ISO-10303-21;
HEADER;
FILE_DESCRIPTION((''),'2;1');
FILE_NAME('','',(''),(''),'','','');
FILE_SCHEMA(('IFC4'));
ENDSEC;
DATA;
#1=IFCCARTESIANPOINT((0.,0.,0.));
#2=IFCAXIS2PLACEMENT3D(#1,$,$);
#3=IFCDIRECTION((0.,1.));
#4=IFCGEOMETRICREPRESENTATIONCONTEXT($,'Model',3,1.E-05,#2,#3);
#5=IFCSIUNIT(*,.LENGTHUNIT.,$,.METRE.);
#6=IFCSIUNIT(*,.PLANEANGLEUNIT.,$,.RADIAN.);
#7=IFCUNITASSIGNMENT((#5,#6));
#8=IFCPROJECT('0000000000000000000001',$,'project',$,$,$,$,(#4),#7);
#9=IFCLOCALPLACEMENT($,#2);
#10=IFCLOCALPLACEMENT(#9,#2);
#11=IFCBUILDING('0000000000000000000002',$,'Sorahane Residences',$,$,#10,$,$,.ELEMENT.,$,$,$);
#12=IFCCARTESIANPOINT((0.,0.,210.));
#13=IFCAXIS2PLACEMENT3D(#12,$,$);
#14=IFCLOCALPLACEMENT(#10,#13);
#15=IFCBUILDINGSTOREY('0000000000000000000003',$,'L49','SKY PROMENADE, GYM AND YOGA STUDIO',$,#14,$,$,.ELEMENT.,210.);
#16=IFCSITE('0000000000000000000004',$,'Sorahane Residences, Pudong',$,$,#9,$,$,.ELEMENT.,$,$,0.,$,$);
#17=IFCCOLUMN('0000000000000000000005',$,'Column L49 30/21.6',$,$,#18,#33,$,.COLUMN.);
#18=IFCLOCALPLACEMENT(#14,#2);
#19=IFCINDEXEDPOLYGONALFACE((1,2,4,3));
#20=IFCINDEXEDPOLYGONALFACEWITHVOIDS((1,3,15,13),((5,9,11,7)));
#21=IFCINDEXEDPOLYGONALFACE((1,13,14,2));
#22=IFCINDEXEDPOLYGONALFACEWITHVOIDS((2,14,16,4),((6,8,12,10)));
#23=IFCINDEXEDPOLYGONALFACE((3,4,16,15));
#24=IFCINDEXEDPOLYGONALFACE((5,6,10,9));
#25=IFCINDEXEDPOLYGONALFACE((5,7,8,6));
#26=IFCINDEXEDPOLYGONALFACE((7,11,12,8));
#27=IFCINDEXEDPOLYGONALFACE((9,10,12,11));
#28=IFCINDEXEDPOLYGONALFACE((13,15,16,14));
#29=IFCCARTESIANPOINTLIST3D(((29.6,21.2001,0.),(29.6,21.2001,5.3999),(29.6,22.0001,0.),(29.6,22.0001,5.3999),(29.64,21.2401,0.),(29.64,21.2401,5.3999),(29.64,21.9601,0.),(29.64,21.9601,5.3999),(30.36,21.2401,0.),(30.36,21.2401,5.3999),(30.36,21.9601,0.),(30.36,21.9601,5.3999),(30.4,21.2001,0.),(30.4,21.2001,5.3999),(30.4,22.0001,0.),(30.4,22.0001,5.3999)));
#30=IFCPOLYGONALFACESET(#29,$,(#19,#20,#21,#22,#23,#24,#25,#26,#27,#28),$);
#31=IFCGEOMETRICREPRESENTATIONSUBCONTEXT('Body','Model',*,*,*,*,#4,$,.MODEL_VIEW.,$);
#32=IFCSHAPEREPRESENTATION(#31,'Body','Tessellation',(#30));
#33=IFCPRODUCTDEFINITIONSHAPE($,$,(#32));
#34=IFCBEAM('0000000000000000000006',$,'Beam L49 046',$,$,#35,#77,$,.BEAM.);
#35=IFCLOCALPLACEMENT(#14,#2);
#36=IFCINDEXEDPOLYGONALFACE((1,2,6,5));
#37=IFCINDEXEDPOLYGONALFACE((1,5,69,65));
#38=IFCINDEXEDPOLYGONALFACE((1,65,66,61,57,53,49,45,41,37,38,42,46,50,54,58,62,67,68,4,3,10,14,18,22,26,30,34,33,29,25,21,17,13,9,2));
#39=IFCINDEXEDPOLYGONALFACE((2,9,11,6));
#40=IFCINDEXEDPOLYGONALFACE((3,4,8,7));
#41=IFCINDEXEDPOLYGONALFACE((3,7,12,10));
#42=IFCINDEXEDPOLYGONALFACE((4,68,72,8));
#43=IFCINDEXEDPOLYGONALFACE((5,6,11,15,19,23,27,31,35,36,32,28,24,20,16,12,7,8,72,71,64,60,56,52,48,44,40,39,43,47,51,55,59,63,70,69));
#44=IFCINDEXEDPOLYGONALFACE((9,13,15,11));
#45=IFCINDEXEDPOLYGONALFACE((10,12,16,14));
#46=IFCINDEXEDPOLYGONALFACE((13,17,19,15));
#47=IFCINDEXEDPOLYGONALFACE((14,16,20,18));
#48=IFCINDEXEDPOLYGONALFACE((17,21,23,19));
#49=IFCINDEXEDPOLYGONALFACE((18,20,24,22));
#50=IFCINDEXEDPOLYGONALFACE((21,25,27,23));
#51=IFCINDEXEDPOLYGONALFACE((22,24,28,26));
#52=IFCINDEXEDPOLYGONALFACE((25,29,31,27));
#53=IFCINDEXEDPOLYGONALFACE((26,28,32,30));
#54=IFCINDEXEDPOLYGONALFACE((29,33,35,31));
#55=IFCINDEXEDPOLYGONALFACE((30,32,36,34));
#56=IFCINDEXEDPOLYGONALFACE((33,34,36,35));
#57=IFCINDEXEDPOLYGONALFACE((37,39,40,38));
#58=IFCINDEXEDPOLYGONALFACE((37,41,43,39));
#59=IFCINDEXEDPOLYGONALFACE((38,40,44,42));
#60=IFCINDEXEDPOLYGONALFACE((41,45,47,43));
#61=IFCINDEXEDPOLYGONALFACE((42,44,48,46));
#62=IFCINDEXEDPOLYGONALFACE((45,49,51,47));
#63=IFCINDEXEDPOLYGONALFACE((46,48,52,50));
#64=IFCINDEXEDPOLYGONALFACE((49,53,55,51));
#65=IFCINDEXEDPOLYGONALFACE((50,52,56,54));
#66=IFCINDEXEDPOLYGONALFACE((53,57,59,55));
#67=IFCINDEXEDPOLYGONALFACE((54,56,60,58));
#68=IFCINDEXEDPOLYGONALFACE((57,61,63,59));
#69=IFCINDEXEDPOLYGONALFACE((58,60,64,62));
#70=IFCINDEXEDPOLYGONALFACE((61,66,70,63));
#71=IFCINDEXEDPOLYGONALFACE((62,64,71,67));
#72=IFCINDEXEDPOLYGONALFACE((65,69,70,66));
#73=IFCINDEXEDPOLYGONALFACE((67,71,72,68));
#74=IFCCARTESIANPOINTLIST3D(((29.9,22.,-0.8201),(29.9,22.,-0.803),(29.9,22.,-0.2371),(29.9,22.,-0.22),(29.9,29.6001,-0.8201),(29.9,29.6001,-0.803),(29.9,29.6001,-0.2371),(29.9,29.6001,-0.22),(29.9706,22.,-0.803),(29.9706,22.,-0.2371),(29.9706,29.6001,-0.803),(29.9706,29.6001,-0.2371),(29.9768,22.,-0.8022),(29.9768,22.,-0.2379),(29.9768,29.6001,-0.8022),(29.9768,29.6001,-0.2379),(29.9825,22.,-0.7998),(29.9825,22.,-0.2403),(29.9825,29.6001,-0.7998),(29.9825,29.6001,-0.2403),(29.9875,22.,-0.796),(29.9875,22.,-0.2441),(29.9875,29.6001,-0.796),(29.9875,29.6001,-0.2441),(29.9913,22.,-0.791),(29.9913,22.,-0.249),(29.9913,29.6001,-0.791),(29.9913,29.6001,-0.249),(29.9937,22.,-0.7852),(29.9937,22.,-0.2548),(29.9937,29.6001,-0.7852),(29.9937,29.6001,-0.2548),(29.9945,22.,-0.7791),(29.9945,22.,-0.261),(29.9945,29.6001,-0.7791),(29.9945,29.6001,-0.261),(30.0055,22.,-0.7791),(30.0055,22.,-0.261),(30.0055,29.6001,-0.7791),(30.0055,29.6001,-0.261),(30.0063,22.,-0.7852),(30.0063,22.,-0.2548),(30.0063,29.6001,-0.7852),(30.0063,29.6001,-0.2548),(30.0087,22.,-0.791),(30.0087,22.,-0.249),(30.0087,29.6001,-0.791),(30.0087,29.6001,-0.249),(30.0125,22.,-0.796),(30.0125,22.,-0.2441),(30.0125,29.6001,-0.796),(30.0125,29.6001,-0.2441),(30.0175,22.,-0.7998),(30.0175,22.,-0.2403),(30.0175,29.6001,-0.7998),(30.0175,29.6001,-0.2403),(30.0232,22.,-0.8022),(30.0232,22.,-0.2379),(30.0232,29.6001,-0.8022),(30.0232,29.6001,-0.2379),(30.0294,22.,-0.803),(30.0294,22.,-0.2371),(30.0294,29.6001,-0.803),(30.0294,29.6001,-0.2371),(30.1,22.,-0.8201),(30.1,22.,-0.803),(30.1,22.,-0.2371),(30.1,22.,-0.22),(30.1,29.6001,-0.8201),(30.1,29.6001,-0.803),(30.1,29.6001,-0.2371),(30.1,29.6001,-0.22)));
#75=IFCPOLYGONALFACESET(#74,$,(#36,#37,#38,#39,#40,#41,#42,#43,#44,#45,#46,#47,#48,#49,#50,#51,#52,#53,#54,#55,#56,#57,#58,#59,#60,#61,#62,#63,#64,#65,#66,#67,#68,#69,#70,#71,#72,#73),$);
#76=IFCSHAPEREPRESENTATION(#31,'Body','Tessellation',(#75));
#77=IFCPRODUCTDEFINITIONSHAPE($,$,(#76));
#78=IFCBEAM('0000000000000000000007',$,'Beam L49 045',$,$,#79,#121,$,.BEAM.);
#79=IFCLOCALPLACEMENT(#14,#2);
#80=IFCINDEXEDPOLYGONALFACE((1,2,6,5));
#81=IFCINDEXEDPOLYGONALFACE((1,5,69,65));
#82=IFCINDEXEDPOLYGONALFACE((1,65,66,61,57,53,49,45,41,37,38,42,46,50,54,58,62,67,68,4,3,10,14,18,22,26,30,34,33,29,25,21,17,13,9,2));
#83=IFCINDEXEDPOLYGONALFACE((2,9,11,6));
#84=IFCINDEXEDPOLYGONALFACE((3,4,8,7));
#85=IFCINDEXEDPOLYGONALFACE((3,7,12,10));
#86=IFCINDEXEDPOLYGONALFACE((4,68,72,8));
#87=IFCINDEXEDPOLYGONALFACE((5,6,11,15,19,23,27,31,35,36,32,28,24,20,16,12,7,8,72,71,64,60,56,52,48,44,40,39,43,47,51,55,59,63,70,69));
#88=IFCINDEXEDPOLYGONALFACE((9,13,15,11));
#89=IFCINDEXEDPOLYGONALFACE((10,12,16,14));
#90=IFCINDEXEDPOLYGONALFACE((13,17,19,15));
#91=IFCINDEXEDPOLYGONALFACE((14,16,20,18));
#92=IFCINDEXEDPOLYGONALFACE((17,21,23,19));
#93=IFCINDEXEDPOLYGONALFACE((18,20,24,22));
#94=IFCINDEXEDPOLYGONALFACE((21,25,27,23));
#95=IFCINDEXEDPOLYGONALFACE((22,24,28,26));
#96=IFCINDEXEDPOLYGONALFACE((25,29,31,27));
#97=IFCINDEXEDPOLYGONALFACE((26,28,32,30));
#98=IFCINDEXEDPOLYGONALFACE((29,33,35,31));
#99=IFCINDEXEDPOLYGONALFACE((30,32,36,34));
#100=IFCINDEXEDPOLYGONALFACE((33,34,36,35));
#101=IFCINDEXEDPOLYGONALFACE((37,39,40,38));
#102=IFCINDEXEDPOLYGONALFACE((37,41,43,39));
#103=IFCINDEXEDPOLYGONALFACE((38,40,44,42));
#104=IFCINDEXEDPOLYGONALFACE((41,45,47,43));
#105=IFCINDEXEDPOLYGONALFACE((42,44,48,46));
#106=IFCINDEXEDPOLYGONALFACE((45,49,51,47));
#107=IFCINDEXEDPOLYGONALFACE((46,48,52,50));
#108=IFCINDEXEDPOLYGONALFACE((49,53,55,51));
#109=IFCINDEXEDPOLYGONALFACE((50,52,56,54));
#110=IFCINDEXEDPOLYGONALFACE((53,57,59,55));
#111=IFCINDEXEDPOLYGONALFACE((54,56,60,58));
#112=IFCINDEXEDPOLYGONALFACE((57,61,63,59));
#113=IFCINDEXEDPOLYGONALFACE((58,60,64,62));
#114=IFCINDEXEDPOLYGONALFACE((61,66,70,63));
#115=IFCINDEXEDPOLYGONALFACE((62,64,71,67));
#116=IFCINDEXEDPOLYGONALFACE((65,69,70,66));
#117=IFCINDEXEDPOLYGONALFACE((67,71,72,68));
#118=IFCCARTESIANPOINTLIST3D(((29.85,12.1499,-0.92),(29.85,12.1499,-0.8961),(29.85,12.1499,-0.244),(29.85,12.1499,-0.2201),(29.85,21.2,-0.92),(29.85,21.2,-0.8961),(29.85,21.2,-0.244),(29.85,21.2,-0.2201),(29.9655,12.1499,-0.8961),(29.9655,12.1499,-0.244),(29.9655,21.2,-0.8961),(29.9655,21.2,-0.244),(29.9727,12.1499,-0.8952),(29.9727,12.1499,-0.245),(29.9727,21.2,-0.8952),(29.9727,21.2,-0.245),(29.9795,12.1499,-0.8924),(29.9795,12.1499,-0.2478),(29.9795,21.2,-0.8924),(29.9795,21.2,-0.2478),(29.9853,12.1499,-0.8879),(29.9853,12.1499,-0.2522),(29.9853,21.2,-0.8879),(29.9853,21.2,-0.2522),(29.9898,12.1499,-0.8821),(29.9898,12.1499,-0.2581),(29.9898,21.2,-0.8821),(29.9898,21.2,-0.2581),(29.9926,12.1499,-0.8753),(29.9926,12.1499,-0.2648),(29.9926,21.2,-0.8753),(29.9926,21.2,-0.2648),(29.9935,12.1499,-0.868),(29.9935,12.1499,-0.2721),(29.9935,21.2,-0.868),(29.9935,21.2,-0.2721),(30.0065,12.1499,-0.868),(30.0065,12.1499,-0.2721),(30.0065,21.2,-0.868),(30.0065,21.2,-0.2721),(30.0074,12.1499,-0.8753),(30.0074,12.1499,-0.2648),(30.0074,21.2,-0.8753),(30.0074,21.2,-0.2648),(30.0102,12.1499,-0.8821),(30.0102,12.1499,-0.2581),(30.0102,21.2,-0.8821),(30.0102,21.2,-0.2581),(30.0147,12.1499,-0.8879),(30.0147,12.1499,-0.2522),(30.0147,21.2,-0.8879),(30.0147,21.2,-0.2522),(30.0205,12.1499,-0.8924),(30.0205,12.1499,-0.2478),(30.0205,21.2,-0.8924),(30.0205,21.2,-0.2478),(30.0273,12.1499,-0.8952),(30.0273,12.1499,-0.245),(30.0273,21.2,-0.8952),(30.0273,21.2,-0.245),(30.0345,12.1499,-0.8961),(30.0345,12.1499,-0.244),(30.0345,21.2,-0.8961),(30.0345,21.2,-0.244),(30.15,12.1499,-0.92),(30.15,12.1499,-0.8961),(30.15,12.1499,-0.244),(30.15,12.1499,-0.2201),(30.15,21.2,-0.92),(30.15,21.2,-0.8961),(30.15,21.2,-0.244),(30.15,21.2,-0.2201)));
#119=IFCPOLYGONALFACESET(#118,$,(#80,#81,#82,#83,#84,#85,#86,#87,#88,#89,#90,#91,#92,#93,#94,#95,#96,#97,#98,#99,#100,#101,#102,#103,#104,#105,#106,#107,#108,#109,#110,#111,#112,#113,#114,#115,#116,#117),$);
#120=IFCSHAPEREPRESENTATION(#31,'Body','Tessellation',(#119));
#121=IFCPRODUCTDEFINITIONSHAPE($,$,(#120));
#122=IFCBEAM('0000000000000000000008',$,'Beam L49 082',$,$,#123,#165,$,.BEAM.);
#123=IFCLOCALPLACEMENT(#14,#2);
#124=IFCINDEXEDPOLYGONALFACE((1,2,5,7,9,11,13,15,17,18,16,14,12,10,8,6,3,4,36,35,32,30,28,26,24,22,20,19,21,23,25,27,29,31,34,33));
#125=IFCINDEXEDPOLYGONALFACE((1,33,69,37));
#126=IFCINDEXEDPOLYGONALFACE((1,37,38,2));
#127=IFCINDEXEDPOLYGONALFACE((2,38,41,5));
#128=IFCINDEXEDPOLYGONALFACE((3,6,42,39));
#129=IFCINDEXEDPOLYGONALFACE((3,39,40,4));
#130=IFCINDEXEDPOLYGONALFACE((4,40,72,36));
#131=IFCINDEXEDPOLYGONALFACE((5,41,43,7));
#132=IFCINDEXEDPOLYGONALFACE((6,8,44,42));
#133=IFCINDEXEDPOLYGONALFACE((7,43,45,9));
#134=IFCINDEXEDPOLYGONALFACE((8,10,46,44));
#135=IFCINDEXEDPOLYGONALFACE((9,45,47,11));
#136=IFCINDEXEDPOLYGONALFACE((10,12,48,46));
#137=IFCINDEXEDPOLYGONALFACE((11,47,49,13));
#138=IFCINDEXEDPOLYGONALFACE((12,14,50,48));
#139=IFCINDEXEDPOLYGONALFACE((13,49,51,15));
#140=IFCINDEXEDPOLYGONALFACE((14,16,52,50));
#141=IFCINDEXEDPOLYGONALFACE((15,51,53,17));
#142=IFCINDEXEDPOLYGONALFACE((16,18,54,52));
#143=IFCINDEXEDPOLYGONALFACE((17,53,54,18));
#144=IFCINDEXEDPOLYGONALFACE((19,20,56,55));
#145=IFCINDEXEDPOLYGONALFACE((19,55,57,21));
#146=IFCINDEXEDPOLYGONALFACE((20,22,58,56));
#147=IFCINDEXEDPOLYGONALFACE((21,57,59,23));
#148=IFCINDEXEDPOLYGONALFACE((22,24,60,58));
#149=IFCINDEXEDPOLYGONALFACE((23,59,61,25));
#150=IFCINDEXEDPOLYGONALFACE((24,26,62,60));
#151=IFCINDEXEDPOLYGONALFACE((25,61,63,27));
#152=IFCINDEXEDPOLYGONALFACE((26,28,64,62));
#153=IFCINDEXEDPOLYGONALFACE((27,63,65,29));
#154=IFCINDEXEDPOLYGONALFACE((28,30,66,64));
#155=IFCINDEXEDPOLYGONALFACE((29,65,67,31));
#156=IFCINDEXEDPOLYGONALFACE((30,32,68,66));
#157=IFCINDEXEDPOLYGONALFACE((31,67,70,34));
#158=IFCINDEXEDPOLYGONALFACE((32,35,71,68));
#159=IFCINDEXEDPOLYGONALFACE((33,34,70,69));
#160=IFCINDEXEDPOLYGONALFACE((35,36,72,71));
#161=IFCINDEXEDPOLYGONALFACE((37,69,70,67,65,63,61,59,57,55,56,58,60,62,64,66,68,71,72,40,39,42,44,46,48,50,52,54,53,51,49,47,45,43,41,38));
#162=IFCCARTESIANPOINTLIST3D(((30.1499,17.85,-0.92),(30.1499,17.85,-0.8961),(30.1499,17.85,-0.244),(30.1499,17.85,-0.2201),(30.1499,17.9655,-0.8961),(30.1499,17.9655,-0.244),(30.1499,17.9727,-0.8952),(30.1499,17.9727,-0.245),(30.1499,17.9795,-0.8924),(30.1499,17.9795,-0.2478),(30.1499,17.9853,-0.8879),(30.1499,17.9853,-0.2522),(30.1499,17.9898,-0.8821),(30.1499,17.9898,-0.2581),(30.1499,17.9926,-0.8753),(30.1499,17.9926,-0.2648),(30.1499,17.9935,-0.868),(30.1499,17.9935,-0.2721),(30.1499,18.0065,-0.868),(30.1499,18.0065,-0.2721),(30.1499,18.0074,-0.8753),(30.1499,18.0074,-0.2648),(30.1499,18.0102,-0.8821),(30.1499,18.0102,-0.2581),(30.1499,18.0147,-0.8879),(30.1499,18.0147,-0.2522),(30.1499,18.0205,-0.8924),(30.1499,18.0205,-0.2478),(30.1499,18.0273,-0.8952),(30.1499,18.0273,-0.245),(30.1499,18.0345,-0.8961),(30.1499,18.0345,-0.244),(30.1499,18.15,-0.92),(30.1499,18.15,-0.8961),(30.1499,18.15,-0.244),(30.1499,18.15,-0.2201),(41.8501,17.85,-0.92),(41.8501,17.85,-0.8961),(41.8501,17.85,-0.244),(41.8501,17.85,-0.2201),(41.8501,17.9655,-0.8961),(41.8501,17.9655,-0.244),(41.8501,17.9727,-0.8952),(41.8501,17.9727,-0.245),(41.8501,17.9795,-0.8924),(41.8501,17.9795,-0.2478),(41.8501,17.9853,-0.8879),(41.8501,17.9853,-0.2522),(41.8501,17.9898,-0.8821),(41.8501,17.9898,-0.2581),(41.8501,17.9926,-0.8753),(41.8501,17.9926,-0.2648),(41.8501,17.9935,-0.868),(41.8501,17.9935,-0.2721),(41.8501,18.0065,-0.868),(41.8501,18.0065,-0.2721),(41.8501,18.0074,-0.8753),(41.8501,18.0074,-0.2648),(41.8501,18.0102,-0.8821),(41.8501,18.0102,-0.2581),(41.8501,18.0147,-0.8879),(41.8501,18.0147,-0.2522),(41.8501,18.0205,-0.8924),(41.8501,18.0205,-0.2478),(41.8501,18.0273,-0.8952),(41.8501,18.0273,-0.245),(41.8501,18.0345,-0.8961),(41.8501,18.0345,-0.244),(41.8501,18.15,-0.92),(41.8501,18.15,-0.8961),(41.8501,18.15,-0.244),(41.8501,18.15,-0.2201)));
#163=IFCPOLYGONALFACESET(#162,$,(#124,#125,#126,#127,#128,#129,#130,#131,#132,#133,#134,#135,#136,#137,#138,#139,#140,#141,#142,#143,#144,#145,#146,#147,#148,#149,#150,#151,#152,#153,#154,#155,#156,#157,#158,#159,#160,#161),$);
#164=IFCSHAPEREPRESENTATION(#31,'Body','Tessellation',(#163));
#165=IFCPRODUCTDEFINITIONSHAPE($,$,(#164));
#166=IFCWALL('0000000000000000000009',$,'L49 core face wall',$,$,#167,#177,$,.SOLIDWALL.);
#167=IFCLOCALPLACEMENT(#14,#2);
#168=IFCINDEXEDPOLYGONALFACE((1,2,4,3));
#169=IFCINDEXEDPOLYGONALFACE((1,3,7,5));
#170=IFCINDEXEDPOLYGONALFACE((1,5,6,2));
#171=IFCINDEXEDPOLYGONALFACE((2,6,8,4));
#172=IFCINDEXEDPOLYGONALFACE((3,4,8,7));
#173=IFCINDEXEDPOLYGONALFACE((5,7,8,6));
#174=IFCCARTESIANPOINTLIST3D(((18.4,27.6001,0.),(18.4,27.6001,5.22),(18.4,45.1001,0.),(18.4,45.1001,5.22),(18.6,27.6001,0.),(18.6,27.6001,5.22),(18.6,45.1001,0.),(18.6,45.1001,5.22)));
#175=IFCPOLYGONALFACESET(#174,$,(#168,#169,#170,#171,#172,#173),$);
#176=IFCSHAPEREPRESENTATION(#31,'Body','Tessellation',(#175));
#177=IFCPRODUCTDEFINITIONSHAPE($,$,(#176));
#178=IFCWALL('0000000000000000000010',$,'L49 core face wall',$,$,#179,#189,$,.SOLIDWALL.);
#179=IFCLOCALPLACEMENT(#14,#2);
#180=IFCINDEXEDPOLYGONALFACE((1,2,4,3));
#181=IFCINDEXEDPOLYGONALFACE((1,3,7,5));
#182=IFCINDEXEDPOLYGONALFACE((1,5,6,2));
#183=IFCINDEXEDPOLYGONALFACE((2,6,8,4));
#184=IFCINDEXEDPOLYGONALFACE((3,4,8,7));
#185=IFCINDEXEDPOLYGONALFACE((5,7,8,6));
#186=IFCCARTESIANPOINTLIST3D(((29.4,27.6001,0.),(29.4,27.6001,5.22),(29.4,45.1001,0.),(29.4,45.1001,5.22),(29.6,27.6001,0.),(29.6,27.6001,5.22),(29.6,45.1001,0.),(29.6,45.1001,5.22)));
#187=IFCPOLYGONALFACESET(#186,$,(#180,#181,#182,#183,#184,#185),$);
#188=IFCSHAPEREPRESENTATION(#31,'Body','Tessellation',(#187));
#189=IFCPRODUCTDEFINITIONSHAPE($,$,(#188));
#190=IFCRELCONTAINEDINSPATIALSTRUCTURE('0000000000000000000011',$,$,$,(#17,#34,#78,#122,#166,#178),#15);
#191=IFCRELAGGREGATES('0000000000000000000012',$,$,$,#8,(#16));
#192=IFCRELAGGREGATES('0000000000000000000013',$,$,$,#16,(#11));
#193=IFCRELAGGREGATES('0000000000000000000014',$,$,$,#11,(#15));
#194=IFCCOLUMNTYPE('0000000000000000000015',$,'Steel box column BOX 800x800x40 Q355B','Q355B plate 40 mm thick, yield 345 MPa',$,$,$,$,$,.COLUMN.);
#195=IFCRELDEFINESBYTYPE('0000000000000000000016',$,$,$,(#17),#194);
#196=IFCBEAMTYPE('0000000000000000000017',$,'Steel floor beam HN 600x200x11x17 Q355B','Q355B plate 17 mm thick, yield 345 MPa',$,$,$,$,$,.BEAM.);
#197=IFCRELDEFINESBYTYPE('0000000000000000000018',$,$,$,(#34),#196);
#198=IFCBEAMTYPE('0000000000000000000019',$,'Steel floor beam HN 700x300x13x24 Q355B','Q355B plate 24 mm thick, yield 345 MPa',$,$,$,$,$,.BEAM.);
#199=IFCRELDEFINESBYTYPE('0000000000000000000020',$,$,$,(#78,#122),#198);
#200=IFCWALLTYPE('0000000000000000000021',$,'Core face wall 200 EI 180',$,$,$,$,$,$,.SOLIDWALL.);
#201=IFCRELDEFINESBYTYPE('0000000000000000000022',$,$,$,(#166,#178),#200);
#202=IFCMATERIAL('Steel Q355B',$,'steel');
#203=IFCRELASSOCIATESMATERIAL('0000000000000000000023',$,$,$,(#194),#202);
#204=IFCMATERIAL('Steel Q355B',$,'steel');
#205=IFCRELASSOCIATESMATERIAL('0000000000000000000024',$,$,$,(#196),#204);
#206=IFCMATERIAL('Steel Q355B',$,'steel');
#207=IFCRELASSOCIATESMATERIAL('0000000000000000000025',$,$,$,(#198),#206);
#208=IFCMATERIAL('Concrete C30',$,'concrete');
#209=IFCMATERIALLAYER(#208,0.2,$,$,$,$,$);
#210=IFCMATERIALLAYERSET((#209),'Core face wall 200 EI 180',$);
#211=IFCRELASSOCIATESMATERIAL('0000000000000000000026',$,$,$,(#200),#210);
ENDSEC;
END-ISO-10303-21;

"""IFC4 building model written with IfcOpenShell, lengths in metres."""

from ifc_helpers import new_model, si_unit, direction, frame, frame_2d, origin, origin_2d, place, context, subcontext, project, spatial, rectangle, hollow_rectangle, i_section, extrude, material, layer, layer_set, material_profile, profile_set, type_object, element, save


model = new_model("IFC4")

# Units and contexts
model_context = context("Model", 3, precision=1e-05, world=origin(), true_north=direction((0.0, 1.0)))
body_context = subcontext(model_context, "Body", "Model", "MODEL_VIEW")
ifc_project = project(units=[si_unit("LENGTHUNIT", "METRE"), si_unit("PLANEANGLEUNIT", "RADIAN")], contexts=[model_context])

# Site, building, storey
site_placement = place(None, origin())
site = spatial("IfcSite", under=ifc_project, at=site_placement, Name="Sorahane Residences, Pudong", CompositionType="ELEMENT", RefElevation=0.0)
building_placement = place(site_placement, origin())
building = spatial("IfcBuilding", under=site, at=building_placement, Name="Sorahane Residences", CompositionType="ELEMENT")
storey_placement = place(building_placement, frame((0.0, 0.0, 210.0)))
storey = spatial("IfcBuildingStorey", under=building, at=storey_placement, Name="L49", Description="SKY PROMENADE, GYM AND YOGA STUDIO", CompositionType="ELEMENT", Elevation=210.0)

# Column
ifc_material_1 = material(Name="Steel Q355B", Category="steel")
ifc_material_profile_1 = material_profile(ifc_material_1, hollow_rectangle(XDim=0.8, YDim=0.8, WallThickness=0.04, at=origin_2d()), Name="BOX 800x800x40")
ifc_profile_set_1 = profile_set([ifc_material_profile_1], Name="Steel Q355B")
column_type = type_object("IfcColumnType", Name="Steel box column BOX 800x800x40 Q355B", Description="Q355B plate 40 mm thick, yield 345 MPa", PredefinedType="COLUMN", material=ifc_profile_set_1)
column_placement = place(storey_placement, frame((30.0, 21.6001, 0.0), z_axis=(0.0, 0.0, 1.0), x_axis=(1.0, 0.0, 0.0)))
element("IfcColumn", 1, at=column_placement, inside=storey, type_object=column_type, Name="Column L49 30/21.6", PredefinedType="COLUMN", context=body_context, shape_type="SweptSolid", body=[
    extrude(hollow_rectangle(XDim=0.8, YDim=0.8, WallThickness=0.04, at=origin_2d()), origin(), (0.0, 0.0, 1.0), 5.3999),
])

# Beams
ifc_material_2 = material(Name="Steel Q355B", Category="steel")
ifc_material_profile_2 = material_profile(ifc_material_2, i_section(OverallWidth=0.2, OverallDepth=0.6001, WebThickness=0.011, FlangeThickness=0.0171, FilletRadius=0.0239, at=origin_2d()), Name="HN 600x200x11x17")
ifc_profile_set_2 = profile_set([ifc_material_profile_2], Name="Steel Q355B")
beam_type_1 = type_object("IfcBeamType", Name="Steel floor beam HN 600x200x11x17 Q355B", Description="Q355B plate 17 mm thick, yield 345 MPa", PredefinedType="BEAM", material=ifc_profile_set_2)
beam_1_placement = place(storey_placement, frame((30.0, 22.0, -0.52), z_axis=(0.0, 1.0, 0.0), x_axis=(-1.0, 0.0, 0.0)))
element("IfcBeam", 2, at=beam_1_placement, inside=storey, type_object=beam_type_1, Name="Beam L49 046", PredefinedType="BEAM", context=body_context, shape_type="SweptSolid", body=[
    extrude(i_section(OverallWidth=0.2, OverallDepth=0.6001, WebThickness=0.011, FlangeThickness=0.0171, FilletRadius=0.0239, at=origin_2d()), origin(), (0.0, 0.0, 1.0), 7.6001),
])
ifc_material_3 = material(Name="Steel Q355B", Category="steel")
ifc_material_profile_3 = material_profile(ifc_material_3, i_section(OverallWidth=0.3, OverallDepth=0.7, WebThickness=0.0129, FlangeThickness=0.0239, FilletRadius=0.0281, at=origin_2d()), Name="HN 700x300x13x24")
ifc_profile_set_3 = profile_set([ifc_material_profile_3], Name="Steel Q355B")
beam_type_2 = type_object("IfcBeamType", Name="Steel floor beam HN 700x300x13x24 Q355B", Description="Q355B plate 24 mm thick, yield 345 MPa", PredefinedType="BEAM", material=ifc_profile_set_3)
beam_2_placement = place(storey_placement, frame((30.0, 12.1499, -0.5701), z_axis=(0.0, 1.0, 0.0), x_axis=(-1.0, 0.0, 0.0)))
element("IfcBeam", 3, at=beam_2_placement, inside=storey, type_object=beam_type_2, Name="Beam L49 045", PredefinedType="BEAM", context=body_context, shape_type="SweptSolid", body=[
    extrude(i_section(OverallWidth=0.3, OverallDepth=0.7, WebThickness=0.0129, FlangeThickness=0.0239, FilletRadius=0.0281, at=origin_2d()), origin(), (0.0, 0.0, 1.0), 9.05),
])
beam_3_placement = place(storey_placement, frame((30.1499, 18.0, -0.5701), z_axis=(1.0, 0.0, 0.0), x_axis=(0.0, 1.0, 0.0)))
element("IfcBeam", 4, at=beam_3_placement, inside=storey, type_object=beam_type_2, Name="Beam L49 082", PredefinedType="BEAM", context=body_context, shape_type="SweptSolid", body=[
    extrude(i_section(OverallWidth=0.3, OverallDepth=0.7, WebThickness=0.0129, FlangeThickness=0.0239, FilletRadius=0.0281, at=origin_2d()), origin(), (0.0, 0.0, 1.0), 11.7002),
])

# Walls
ifc_material_4 = material(Name="Concrete C30", Category="concrete")
ifc_layer_1 = layer(ifc_material_4, 0.2)
ifc_layer_set_1 = layer_set([ifc_layer_1], Name="Core face wall 200 EI 180")
wall_type_1 = type_object("IfcWallType", Name="Core face wall 200 EI 180", PredefinedType="SOLIDWALL", material=ifc_layer_set_1)
for number, where, z_axis, x_axis, name in (
    (5, (18.5, 27.6001, 0.0), (0.0, 0.0, 1.0), (0.0, 1.0, 0.0), "L49 core face wall"),
    (6, (29.5, 27.6001, 0.0), (0.0, 0.0, 1.0), (0.0, 1.0, 0.0), "L49 core face wall"),
):
    element("IfcWall", number, at=place(storey_placement, frame(where, z_axis=z_axis, x_axis=x_axis)), inside=storey, type_object=wall_type_1, Name=name, PredefinedType="SOLIDWALL", context=body_context, shape_type="SweptSolid", body=[
        extrude(rectangle(XDim=17.5, YDim=0.2, at=frame_2d((8.75, 0.0))), origin(), (0.0, 0.0, 1.0), 5.22),
    ])

save(model, "model.ifc")
